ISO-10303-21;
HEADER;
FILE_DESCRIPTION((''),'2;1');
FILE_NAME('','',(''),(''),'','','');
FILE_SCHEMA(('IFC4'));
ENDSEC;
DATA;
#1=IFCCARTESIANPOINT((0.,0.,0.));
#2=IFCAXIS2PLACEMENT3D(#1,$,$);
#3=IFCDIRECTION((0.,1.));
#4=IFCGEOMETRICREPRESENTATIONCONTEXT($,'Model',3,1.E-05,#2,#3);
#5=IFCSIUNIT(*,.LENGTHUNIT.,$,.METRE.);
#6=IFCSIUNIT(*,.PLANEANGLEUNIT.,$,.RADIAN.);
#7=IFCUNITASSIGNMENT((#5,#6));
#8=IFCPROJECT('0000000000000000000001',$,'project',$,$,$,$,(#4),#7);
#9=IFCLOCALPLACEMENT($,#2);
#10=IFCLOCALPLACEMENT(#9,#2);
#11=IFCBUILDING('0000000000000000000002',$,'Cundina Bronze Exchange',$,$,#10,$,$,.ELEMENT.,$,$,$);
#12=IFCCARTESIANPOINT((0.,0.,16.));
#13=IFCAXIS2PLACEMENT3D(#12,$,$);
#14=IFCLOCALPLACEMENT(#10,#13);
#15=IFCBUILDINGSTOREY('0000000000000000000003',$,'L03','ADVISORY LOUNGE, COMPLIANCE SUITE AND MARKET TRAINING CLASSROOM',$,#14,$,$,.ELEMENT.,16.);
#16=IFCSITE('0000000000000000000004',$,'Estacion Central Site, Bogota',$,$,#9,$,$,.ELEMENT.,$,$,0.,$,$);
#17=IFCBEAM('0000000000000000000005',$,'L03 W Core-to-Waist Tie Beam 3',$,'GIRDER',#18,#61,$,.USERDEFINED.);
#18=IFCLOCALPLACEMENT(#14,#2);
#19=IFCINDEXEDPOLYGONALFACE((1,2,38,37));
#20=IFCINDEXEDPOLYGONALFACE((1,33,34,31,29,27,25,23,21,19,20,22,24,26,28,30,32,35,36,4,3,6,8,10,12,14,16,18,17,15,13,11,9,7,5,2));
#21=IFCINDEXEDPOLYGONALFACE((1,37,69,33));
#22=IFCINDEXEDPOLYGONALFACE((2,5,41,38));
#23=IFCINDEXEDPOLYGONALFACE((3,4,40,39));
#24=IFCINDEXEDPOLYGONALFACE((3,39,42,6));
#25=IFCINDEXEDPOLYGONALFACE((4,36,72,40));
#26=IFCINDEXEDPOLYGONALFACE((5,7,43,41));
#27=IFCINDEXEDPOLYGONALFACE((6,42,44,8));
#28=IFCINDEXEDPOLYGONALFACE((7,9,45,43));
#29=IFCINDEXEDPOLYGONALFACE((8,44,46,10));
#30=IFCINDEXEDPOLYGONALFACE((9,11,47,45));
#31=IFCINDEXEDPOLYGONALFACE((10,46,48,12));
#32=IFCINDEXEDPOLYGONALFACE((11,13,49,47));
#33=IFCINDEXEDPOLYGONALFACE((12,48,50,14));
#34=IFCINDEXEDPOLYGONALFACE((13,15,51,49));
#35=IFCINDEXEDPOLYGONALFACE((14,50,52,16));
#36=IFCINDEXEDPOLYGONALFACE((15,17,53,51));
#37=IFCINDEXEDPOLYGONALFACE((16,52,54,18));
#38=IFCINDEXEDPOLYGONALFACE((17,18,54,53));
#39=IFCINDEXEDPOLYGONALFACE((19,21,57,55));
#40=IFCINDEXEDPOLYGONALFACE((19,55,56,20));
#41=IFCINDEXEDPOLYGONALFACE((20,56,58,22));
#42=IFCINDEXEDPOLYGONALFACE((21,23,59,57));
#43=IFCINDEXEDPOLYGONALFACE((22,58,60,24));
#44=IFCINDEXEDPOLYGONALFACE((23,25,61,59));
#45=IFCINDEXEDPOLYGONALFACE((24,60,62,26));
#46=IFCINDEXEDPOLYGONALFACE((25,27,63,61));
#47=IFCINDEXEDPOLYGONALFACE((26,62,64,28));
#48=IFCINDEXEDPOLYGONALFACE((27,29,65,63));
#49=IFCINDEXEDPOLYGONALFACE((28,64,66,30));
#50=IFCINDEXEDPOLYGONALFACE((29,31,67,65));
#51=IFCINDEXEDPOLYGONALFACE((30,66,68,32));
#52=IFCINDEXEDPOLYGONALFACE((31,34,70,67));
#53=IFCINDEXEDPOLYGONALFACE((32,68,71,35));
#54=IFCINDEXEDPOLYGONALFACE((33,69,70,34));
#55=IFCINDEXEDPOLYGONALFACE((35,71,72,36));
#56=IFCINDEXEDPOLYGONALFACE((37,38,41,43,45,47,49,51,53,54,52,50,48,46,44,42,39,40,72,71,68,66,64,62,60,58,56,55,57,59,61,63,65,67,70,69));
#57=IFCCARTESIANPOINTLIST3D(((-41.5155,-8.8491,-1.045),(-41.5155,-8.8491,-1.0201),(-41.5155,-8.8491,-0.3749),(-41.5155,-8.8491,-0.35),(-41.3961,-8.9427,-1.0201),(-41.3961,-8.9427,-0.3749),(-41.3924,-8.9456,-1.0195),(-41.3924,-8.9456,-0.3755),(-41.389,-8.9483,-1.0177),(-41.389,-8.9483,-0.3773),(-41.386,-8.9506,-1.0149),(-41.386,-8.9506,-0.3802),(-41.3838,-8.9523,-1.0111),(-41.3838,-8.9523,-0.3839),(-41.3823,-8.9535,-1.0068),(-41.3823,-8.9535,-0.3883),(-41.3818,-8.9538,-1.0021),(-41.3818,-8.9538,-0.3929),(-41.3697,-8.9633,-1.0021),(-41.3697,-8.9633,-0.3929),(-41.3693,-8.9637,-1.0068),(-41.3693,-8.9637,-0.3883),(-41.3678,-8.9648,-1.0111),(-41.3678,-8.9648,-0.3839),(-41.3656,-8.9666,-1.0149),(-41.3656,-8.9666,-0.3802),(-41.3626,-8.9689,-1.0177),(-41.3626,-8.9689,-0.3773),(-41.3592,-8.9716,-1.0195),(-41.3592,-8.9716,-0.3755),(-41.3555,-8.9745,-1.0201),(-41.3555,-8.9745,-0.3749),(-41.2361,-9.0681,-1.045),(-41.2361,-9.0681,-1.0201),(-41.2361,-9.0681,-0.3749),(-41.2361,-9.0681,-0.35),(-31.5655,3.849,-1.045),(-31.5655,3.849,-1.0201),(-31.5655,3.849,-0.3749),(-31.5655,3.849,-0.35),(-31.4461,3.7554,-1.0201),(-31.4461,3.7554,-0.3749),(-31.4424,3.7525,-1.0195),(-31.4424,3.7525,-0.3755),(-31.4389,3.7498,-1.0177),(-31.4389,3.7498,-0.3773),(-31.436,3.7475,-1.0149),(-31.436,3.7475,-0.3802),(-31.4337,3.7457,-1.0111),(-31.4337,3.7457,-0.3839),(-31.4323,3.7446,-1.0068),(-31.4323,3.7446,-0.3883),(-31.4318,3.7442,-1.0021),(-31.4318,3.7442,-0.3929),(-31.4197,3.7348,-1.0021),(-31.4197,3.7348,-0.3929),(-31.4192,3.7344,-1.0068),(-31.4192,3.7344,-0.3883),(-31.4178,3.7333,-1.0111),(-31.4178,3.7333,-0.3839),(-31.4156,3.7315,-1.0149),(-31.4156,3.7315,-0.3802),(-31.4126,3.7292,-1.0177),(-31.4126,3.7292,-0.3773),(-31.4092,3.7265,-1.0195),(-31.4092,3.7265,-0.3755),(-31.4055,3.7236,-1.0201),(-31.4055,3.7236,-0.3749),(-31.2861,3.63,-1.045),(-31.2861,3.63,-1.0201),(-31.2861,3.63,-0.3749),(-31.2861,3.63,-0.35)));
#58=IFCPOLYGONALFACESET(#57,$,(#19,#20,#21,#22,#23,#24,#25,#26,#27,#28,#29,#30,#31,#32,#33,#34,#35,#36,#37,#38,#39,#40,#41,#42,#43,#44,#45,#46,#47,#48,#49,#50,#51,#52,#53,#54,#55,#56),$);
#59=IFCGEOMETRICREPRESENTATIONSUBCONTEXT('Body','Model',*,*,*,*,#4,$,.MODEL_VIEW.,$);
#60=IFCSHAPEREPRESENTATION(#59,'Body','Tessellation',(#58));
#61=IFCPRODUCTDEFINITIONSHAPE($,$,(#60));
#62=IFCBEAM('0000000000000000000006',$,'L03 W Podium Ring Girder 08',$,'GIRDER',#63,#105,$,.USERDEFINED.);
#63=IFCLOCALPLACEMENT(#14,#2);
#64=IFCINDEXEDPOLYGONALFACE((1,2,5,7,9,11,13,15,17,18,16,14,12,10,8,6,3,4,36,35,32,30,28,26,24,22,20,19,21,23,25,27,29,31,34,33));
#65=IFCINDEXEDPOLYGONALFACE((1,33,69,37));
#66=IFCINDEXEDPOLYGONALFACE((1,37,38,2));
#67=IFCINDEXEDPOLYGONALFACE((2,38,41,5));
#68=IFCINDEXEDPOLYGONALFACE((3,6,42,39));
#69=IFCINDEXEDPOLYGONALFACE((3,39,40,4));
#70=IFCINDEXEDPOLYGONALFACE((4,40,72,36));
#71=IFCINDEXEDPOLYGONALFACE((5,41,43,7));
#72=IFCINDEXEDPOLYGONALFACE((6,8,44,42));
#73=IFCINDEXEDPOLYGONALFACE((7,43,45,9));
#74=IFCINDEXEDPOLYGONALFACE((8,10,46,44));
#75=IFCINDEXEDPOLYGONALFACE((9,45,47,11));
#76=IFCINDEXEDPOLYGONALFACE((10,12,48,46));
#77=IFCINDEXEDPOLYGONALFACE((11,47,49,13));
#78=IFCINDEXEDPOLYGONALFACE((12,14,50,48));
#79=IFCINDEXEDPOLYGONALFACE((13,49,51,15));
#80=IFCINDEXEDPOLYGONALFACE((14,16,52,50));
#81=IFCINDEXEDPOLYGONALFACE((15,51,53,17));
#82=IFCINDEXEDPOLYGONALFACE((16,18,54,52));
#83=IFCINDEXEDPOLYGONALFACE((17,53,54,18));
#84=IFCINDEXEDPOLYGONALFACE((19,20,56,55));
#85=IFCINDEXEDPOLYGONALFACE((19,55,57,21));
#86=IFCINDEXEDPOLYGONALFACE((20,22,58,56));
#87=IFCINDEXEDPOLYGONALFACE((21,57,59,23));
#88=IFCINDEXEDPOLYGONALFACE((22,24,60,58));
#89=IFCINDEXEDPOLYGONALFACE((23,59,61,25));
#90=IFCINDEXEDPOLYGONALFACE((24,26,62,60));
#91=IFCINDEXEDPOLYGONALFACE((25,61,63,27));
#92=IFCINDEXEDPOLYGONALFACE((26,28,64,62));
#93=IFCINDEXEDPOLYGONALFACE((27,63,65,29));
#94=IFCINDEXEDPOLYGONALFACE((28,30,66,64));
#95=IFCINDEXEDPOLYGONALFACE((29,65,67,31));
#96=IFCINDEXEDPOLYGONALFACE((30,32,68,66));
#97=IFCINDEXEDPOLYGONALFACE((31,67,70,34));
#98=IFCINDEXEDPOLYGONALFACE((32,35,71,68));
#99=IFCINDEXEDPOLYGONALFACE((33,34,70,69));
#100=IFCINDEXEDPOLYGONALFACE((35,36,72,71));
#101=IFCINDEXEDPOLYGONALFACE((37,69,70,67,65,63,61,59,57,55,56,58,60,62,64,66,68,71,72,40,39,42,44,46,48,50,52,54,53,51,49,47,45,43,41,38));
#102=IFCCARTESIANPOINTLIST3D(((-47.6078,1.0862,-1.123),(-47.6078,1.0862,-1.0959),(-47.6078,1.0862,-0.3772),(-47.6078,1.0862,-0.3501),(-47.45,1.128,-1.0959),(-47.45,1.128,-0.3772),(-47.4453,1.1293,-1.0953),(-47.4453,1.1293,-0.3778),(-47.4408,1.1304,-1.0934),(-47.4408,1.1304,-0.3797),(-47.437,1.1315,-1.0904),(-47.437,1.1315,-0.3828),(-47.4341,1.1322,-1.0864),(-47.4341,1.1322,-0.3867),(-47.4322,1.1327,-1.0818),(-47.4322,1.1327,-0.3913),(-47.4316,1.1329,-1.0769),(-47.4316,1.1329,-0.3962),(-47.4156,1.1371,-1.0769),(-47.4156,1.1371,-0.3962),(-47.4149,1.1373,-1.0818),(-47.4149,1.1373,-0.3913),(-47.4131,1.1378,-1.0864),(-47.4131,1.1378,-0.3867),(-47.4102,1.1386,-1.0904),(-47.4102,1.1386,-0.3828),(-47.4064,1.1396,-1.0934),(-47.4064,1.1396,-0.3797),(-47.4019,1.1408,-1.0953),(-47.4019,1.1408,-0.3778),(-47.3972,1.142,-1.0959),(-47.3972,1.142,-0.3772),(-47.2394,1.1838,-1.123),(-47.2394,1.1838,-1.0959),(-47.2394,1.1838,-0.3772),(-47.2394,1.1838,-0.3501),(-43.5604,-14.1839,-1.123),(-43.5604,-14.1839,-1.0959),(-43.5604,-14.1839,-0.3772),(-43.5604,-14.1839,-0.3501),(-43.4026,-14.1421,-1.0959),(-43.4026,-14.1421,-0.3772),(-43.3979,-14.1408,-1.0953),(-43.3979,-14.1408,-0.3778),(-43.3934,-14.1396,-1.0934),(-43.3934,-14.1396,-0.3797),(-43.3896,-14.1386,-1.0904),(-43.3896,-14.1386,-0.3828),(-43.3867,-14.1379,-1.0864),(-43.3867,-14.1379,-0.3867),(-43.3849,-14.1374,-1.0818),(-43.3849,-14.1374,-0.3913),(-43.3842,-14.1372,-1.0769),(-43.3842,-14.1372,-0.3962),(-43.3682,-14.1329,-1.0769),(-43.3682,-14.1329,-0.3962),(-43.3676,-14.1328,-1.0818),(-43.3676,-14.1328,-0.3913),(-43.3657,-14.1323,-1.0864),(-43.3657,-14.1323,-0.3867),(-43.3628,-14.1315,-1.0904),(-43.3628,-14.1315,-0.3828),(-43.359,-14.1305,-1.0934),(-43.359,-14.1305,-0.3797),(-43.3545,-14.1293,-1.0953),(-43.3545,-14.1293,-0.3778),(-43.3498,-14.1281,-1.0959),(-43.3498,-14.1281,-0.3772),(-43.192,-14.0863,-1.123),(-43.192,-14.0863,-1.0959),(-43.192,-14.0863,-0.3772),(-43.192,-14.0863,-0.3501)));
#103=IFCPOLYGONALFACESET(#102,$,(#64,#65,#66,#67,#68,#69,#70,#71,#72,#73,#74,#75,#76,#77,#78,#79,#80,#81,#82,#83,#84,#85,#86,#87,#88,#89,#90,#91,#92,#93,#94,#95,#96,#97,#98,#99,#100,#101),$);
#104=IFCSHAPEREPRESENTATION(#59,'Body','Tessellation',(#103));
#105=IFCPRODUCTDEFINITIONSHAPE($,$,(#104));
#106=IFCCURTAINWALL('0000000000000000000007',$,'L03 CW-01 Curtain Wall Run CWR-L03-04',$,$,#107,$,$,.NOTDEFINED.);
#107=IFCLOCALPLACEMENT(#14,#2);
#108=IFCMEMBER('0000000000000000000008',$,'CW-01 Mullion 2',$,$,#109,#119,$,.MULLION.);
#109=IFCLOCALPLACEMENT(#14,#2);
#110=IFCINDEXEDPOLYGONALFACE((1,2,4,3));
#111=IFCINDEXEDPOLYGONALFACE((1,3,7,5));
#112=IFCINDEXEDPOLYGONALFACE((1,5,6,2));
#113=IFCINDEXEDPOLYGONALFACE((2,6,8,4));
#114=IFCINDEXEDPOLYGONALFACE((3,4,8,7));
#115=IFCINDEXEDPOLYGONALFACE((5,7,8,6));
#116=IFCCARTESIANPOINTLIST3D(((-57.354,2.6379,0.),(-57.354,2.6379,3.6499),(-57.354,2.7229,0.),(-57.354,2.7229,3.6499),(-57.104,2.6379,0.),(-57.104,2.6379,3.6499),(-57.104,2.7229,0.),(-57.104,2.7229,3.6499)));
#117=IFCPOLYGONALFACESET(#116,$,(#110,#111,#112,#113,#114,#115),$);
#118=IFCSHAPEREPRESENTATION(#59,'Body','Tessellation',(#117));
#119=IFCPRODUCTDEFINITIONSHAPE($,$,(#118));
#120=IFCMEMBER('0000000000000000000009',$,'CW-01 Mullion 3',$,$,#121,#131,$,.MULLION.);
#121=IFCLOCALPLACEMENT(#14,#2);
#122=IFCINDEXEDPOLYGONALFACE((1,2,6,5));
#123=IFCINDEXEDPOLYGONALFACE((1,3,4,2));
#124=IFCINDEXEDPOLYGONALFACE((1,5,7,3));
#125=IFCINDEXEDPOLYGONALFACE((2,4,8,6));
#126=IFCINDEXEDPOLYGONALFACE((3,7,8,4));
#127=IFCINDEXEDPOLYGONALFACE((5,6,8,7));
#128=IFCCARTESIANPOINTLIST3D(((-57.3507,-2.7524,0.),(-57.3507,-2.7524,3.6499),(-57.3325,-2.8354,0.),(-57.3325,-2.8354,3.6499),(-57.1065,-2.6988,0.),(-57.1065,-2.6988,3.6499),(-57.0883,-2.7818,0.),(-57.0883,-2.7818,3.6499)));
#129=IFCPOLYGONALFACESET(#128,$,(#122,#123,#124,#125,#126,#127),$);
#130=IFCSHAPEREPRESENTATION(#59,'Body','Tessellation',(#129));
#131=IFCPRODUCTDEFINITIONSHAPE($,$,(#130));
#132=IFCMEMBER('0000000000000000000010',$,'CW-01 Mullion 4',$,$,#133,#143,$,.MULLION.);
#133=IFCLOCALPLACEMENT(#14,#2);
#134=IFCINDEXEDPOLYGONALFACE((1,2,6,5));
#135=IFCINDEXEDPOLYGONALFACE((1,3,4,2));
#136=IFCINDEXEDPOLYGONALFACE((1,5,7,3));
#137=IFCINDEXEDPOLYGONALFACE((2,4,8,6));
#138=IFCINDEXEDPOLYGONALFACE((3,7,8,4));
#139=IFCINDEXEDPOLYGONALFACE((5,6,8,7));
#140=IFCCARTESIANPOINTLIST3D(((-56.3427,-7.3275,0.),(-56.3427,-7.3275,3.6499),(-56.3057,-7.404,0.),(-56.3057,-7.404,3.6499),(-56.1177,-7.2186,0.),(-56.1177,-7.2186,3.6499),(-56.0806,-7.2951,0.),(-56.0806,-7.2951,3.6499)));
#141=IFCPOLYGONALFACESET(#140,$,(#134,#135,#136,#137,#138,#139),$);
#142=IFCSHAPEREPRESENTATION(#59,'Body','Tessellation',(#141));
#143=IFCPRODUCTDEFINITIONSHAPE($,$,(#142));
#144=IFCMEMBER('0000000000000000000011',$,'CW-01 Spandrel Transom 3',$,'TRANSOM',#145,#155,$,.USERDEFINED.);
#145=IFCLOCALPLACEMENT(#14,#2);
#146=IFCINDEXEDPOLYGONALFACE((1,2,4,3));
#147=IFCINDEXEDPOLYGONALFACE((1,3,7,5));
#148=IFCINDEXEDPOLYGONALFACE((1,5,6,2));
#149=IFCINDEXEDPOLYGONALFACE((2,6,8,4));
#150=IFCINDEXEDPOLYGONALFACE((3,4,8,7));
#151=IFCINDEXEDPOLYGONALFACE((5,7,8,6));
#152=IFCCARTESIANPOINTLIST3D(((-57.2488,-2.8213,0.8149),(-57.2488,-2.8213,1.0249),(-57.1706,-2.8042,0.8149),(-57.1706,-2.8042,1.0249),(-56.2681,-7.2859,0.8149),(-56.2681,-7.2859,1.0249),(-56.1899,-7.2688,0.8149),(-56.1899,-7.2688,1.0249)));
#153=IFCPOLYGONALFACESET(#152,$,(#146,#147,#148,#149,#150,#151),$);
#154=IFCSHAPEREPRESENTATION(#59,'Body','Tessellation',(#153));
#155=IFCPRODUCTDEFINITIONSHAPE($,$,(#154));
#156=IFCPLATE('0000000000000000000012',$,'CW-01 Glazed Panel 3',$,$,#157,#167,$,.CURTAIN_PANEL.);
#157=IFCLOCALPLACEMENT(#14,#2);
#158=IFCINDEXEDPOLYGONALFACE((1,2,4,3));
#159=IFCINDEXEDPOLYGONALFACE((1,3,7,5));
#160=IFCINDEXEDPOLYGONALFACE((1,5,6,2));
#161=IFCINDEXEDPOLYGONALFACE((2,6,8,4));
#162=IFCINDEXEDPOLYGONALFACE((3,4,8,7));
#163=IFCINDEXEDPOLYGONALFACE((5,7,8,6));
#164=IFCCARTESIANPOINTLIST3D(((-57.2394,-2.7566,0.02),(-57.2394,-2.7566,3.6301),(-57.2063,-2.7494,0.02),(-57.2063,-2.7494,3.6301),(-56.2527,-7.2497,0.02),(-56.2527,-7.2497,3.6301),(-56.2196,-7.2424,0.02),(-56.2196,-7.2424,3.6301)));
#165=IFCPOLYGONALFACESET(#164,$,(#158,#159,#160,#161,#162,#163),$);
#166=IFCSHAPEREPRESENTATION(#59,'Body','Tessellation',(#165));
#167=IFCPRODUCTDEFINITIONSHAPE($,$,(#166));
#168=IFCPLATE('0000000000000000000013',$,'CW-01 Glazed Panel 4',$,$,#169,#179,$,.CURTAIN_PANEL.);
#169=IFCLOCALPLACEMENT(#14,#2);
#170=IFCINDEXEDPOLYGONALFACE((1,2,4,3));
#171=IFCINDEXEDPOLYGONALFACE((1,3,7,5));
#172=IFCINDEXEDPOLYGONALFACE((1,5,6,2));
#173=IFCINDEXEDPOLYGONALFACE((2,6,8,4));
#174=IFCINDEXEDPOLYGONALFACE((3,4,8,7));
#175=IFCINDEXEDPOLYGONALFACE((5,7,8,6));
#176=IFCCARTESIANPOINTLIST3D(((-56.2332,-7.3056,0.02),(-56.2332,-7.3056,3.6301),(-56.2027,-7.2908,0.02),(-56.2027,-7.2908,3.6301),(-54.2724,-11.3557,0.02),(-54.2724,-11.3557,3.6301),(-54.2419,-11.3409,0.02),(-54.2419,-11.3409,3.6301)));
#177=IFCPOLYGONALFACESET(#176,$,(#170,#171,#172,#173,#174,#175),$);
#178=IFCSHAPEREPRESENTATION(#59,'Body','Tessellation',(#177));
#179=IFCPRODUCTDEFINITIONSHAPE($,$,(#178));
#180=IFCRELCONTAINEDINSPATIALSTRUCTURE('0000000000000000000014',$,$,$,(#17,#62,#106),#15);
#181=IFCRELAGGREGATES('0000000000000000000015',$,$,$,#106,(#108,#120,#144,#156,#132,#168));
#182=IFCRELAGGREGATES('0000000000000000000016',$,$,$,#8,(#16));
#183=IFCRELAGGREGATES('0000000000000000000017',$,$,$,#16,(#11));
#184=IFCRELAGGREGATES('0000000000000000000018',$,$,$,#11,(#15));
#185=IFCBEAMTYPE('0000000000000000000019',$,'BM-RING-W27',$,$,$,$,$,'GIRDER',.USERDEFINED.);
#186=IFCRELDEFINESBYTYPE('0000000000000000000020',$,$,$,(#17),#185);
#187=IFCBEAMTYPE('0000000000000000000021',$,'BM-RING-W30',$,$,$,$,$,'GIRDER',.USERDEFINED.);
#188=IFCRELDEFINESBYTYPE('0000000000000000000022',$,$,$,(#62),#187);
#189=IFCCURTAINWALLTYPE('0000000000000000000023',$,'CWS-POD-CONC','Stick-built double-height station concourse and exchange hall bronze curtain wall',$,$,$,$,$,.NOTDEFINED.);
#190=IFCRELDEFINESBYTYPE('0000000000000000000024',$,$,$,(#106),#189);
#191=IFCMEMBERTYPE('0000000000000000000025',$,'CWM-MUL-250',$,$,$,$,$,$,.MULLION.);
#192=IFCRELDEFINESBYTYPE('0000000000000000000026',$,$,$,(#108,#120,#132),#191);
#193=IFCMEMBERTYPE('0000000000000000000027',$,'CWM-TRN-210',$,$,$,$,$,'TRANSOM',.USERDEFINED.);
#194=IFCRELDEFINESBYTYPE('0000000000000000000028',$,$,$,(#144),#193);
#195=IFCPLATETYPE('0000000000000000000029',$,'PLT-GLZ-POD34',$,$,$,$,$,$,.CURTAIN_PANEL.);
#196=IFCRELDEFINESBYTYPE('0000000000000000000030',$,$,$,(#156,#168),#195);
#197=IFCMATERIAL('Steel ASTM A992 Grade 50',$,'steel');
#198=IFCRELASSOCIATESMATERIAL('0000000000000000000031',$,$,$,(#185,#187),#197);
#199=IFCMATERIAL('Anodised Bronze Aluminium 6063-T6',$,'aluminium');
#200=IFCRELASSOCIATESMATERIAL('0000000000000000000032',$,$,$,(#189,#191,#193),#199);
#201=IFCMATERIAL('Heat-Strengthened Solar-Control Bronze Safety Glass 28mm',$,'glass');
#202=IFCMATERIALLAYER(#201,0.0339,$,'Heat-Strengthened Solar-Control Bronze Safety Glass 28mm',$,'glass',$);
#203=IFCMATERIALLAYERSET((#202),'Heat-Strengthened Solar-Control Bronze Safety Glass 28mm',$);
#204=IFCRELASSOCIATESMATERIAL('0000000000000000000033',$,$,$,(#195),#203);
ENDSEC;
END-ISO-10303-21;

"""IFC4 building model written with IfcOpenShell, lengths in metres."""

from ifc_helpers import new_model, si_unit, direction, frame, origin, origin_2d, place, context, subcontext, project, spatial, rectangle, i_section, extrude, material, layer, layer_set, material_profile, profile_set, type_object, element, aggregate, save


model = new_model("IFC4")

# Units and contexts
model_context = context("Model", 3, precision=1e-05, world=origin(), true_north=direction((0.0, 1.0)))
body_context = subcontext(model_context, "Body", "Model", "MODEL_VIEW")
ifc_project = project(units=[si_unit("LENGTHUNIT", "METRE"), si_unit("PLANEANGLEUNIT", "RADIAN")], contexts=[model_context])

# Site, building, storey
site_placement = place(None, origin())
site = spatial("IfcSite", under=ifc_project, at=site_placement, Name="Estacion Central Site, Bogota", CompositionType="ELEMENT", RefElevation=0.0)
building_placement = place(site_placement, origin())
building = spatial("IfcBuilding", under=site, at=building_placement, Name="Cundina Bronze Exchange", CompositionType="ELEMENT")
storey_placement = place(building_placement, frame((0.0, 0.0, 16.0)))
storey = spatial("IfcBuildingStorey", under=building, at=storey_placement, Name="L03", Description="ADVISORY LOUNGE, COMPLIANCE SUITE AND MARKET TRAINING CLASSROOM", CompositionType="ELEMENT", Elevation=16.0)

# Beams
ifc_material_1 = material(Name="Steel ASTM A992 Grade 50", Category="steel")
ifc_material_profile_1 = material_profile(ifc_material_1, i_section(OverallWidth=0.355, OverallDepth=0.6951, WebThickness=0.0154, FlangeThickness=0.0249, FilletRadius=0.0181, at=origin_2d()), Name="W27X146", Category="steel")
ifc_profile_set_1 = profile_set([ifc_material_profile_1], Name="Steel ASTM A992 Grade 50")
beam_type_1 = type_object("IfcBeamType", Name="BM-RING-W27", ElementType="GIRDER", PredefinedType="USERDEFINED", material=ifc_profile_set_1)
beam_1_placement = place(storey_placement, frame((-31.4258, 3.7395, -0.6975), z_axis=(-0.616784, -0.787132, 0.0), x_axis=(0.787132, -0.616784, 0.0)))
element("IfcBeam", 1, at=beam_1_placement, inside=storey, type_object=beam_type_1, Name="L03 W Core-to-Waist Tie Beam 3", ObjectType="GIRDER", PredefinedType="USERDEFINED", context=body_context, shape_type="SweptSolid", body=[
    extrude(i_section(OverallWidth=0.355, OverallDepth=0.6951, WebThickness=0.0154, FlangeThickness=0.0249, FilletRadius=0.0181, at=origin_2d()), origin(), (0.0, 0.0, 1.0), 16.1321),
])
ifc_material_profile_2 = material_profile(ifc_material_1, i_section(OverallWidth=0.3811, OverallDepth=0.7729, WebThickness=0.0166, FlangeThickness=0.0271, FilletRadius=0.019, at=origin_2d()), Name="W30X173", Category="steel")
ifc_profile_set_2 = profile_set([ifc_material_profile_2], Name="Steel ASTM A992 Grade 50")
beam_type_2 = type_object("IfcBeamType", Name="BM-RING-W30", ElementType="GIRDER", PredefinedType="USERDEFINED", material=ifc_profile_set_2)
beam_2_placement = place(storey_placement, frame((-47.4236, 1.135, -0.7366), z_axis=(0.256206, -0.966622, 0.0), x_axis=(0.966622, 0.256206, 0.0)))
element("IfcBeam", 2, at=beam_2_placement, inside=storey, type_object=beam_type_2, Name="L03 W Podium Ring Girder 08", ObjectType="GIRDER", PredefinedType="USERDEFINED", context=body_context, shape_type="SweptSolid", body=[
    extrude(i_section(OverallWidth=0.3811, OverallDepth=0.7729, WebThickness=0.0166, FlangeThickness=0.0271, FilletRadius=0.019, at=origin_2d()), origin(), (0.0, 0.0, 1.0), 15.7974),
])

# Curtain wall, members, plates
ifc_material_2 = material(Name="Anodised Bronze Aluminium 6063-T6", Category="aluminium")
curtain_wall_type = type_object("IfcCurtainWallType", Name="CWS-POD-CONC", Description="Stick-built double-height station concourse and exchange hall bronze curtain wall", PredefinedType="NOTDEFINED", material=ifc_material_2)
curtain_wall_placement = place(storey_placement, origin())
curtain_wall = element("IfcCurtainWall", 3, at=curtain_wall_placement, inside=storey, type_object=curtain_wall_type, Name="L03 CW-01 Curtain Wall Run CWR-L03-04", PredefinedType="NOTDEFINED")
ifc_material_profile_3 = material_profile(ifc_material_2, rectangle(XDim=0.085, YDim=0.25, at=origin_2d()), Name="AL85X250", Category="aluminium")
ifc_profile_set_3 = profile_set([ifc_material_profile_3], Name="Anodised Bronze Aluminium 6063-T6")
member_type_1 = type_object("IfcMemberType", Name="CWM-MUL-250", PredefinedType="MULLION", material=ifc_profile_set_3)
member_1_placement = place(storey_placement, frame((-57.229, 2.6804, 0.0), z_axis=(0.0, 0.0, 1.0), x_axis=(0.0, -1.0, 0.0)))
member_1 = element("IfcMember", 4, at=member_1_placement, type_object=member_type_1, Name="CW-01 Mullion 2", PredefinedType="MULLION", context=body_context, shape_type="SweptSolid", body=[
    extrude(rectangle(XDim=0.085, YDim=0.25, at=origin_2d()), origin(), (0.0, 0.0, 1.0), 3.6499),
])
member_2_placement = place(storey_placement, frame((-57.2195, -2.7671, 0.0), z_axis=(0.0, 0.0, 1.0), x_axis=(0.214565, -0.97671, 0.0)))
member_2 = element("IfcMember", 5, at=member_2_placement, type_object=member_type_1, Name="CW-01 Mullion 3", PredefinedType="MULLION", context=body_context, shape_type="SweptSolid", body=[
    extrude(rectangle(XDim=0.085, YDim=0.25, at=origin_2d()), origin(), (0.0, 0.0, 1.0), 3.6499),
])
member_3_placement = place(storey_placement, frame((-56.2117, -7.3113, 0.0), z_axis=(0.0, 0.0, 1.0), x_axis=(0.435702, -0.900091, 0.0)))
member_3 = element("IfcMember", 6, at=member_3_placement, type_object=member_type_1, Name="CW-01 Mullion 4", PredefinedType="MULLION", context=body_context, shape_type="SweptSolid", body=[
    extrude(rectangle(XDim=0.085, YDim=0.25, at=origin_2d()), origin(), (0.0, 0.0, 1.0), 3.6499),
])
ifc_material_profile_4 = material_profile(ifc_material_2, rectangle(XDim=0.0801, YDim=0.21, at=origin_2d()), Name="AL80X210", Category="aluminium")
ifc_profile_set_4 = profile_set([ifc_material_profile_4], Name="Anodised Bronze Aluminium 6063-T6")
member_type_2 = type_object("IfcMemberType", Name="CWM-TRN-210", ElementType="TRANSOM", PredefinedType="USERDEFINED", material=ifc_profile_set_4)
member_4_placement = place(storey_placement, frame((-57.2097, -2.8127, 0.9199), z_axis=(0.214549, -0.976713, 0.0), x_axis=(0.976713, 0.214549, 0.0)))
member_4 = element("IfcMember", 7, at=member_4_placement, type_object=member_type_2, Name="CW-01 Spandrel Transom 3", ObjectType="TRANSOM", PredefinedType="USERDEFINED", context=body_context, shape_type="SweptSolid", body=[
    extrude(rectangle(XDim=0.0801, YDim=0.21, at=origin_2d()), origin(), (0.0, 0.0, 1.0), 4.571),
])
ifc_material_3 = material(Name="Heat-Strengthened Solar-Control Bronze Safety Glass 28mm", Category="glass")
ifc_layer_1 = layer(ifc_material_3, 0.0339, Name="Heat-Strengthened Solar-Control Bronze Safety Glass 28mm", Category="glass")
ifc_layer_set_1 = layer_set([ifc_layer_1], Name="Heat-Strengthened Solar-Control Bronze Safety Glass 28mm")
plate_type_1 = type_object("IfcPlateType", Name="PLT-GLZ-POD34", PredefinedType="CURTAIN_PANEL", material=ifc_layer_set_1)
plate_1_placement = place(storey_placement, frame((-56.7295, -4.9995, 0.02), z_axis=(0.0, 0.0, 1.0), x_axis=(0.214497, -0.976725, 0.0)))
plate_1 = element("IfcPlate", 8, at=plate_1_placement, type_object=plate_type_1, Name="CW-01 Glazed Panel 3", PredefinedType="CURTAIN_PANEL", context=body_context, shape_type="SweptSolid", body=[
    extrude(rectangle(XDim=4.6001, YDim=0.0339, at=origin_2d()), origin(), (0.0, 0.0, 1.0), 3.6101),
])
plate_2_placement = place(storey_placement, frame((-55.2375, -9.3232, 0.02), z_axis=(0.0, 0.0, 1.0), x_axis=(0.435765, -0.90006, 0.0)))
plate_2 = element("IfcPlate", 9, at=plate_2_placement, type_object=plate_type_1, Name="CW-01 Glazed Panel 4", PredefinedType="CURTAIN_PANEL", context=body_context, shape_type="SweptSolid", body=[
    extrude(rectangle(XDim=4.4998, YDim=0.0339, at=origin_2d()), origin(), (0.0, 0.0, 1.0), 3.6101),
])
aggregate(curtain_wall, [member_1, member_2, member_4, plate_1, member_3, plate_2])

save(model, "model.ifc")
